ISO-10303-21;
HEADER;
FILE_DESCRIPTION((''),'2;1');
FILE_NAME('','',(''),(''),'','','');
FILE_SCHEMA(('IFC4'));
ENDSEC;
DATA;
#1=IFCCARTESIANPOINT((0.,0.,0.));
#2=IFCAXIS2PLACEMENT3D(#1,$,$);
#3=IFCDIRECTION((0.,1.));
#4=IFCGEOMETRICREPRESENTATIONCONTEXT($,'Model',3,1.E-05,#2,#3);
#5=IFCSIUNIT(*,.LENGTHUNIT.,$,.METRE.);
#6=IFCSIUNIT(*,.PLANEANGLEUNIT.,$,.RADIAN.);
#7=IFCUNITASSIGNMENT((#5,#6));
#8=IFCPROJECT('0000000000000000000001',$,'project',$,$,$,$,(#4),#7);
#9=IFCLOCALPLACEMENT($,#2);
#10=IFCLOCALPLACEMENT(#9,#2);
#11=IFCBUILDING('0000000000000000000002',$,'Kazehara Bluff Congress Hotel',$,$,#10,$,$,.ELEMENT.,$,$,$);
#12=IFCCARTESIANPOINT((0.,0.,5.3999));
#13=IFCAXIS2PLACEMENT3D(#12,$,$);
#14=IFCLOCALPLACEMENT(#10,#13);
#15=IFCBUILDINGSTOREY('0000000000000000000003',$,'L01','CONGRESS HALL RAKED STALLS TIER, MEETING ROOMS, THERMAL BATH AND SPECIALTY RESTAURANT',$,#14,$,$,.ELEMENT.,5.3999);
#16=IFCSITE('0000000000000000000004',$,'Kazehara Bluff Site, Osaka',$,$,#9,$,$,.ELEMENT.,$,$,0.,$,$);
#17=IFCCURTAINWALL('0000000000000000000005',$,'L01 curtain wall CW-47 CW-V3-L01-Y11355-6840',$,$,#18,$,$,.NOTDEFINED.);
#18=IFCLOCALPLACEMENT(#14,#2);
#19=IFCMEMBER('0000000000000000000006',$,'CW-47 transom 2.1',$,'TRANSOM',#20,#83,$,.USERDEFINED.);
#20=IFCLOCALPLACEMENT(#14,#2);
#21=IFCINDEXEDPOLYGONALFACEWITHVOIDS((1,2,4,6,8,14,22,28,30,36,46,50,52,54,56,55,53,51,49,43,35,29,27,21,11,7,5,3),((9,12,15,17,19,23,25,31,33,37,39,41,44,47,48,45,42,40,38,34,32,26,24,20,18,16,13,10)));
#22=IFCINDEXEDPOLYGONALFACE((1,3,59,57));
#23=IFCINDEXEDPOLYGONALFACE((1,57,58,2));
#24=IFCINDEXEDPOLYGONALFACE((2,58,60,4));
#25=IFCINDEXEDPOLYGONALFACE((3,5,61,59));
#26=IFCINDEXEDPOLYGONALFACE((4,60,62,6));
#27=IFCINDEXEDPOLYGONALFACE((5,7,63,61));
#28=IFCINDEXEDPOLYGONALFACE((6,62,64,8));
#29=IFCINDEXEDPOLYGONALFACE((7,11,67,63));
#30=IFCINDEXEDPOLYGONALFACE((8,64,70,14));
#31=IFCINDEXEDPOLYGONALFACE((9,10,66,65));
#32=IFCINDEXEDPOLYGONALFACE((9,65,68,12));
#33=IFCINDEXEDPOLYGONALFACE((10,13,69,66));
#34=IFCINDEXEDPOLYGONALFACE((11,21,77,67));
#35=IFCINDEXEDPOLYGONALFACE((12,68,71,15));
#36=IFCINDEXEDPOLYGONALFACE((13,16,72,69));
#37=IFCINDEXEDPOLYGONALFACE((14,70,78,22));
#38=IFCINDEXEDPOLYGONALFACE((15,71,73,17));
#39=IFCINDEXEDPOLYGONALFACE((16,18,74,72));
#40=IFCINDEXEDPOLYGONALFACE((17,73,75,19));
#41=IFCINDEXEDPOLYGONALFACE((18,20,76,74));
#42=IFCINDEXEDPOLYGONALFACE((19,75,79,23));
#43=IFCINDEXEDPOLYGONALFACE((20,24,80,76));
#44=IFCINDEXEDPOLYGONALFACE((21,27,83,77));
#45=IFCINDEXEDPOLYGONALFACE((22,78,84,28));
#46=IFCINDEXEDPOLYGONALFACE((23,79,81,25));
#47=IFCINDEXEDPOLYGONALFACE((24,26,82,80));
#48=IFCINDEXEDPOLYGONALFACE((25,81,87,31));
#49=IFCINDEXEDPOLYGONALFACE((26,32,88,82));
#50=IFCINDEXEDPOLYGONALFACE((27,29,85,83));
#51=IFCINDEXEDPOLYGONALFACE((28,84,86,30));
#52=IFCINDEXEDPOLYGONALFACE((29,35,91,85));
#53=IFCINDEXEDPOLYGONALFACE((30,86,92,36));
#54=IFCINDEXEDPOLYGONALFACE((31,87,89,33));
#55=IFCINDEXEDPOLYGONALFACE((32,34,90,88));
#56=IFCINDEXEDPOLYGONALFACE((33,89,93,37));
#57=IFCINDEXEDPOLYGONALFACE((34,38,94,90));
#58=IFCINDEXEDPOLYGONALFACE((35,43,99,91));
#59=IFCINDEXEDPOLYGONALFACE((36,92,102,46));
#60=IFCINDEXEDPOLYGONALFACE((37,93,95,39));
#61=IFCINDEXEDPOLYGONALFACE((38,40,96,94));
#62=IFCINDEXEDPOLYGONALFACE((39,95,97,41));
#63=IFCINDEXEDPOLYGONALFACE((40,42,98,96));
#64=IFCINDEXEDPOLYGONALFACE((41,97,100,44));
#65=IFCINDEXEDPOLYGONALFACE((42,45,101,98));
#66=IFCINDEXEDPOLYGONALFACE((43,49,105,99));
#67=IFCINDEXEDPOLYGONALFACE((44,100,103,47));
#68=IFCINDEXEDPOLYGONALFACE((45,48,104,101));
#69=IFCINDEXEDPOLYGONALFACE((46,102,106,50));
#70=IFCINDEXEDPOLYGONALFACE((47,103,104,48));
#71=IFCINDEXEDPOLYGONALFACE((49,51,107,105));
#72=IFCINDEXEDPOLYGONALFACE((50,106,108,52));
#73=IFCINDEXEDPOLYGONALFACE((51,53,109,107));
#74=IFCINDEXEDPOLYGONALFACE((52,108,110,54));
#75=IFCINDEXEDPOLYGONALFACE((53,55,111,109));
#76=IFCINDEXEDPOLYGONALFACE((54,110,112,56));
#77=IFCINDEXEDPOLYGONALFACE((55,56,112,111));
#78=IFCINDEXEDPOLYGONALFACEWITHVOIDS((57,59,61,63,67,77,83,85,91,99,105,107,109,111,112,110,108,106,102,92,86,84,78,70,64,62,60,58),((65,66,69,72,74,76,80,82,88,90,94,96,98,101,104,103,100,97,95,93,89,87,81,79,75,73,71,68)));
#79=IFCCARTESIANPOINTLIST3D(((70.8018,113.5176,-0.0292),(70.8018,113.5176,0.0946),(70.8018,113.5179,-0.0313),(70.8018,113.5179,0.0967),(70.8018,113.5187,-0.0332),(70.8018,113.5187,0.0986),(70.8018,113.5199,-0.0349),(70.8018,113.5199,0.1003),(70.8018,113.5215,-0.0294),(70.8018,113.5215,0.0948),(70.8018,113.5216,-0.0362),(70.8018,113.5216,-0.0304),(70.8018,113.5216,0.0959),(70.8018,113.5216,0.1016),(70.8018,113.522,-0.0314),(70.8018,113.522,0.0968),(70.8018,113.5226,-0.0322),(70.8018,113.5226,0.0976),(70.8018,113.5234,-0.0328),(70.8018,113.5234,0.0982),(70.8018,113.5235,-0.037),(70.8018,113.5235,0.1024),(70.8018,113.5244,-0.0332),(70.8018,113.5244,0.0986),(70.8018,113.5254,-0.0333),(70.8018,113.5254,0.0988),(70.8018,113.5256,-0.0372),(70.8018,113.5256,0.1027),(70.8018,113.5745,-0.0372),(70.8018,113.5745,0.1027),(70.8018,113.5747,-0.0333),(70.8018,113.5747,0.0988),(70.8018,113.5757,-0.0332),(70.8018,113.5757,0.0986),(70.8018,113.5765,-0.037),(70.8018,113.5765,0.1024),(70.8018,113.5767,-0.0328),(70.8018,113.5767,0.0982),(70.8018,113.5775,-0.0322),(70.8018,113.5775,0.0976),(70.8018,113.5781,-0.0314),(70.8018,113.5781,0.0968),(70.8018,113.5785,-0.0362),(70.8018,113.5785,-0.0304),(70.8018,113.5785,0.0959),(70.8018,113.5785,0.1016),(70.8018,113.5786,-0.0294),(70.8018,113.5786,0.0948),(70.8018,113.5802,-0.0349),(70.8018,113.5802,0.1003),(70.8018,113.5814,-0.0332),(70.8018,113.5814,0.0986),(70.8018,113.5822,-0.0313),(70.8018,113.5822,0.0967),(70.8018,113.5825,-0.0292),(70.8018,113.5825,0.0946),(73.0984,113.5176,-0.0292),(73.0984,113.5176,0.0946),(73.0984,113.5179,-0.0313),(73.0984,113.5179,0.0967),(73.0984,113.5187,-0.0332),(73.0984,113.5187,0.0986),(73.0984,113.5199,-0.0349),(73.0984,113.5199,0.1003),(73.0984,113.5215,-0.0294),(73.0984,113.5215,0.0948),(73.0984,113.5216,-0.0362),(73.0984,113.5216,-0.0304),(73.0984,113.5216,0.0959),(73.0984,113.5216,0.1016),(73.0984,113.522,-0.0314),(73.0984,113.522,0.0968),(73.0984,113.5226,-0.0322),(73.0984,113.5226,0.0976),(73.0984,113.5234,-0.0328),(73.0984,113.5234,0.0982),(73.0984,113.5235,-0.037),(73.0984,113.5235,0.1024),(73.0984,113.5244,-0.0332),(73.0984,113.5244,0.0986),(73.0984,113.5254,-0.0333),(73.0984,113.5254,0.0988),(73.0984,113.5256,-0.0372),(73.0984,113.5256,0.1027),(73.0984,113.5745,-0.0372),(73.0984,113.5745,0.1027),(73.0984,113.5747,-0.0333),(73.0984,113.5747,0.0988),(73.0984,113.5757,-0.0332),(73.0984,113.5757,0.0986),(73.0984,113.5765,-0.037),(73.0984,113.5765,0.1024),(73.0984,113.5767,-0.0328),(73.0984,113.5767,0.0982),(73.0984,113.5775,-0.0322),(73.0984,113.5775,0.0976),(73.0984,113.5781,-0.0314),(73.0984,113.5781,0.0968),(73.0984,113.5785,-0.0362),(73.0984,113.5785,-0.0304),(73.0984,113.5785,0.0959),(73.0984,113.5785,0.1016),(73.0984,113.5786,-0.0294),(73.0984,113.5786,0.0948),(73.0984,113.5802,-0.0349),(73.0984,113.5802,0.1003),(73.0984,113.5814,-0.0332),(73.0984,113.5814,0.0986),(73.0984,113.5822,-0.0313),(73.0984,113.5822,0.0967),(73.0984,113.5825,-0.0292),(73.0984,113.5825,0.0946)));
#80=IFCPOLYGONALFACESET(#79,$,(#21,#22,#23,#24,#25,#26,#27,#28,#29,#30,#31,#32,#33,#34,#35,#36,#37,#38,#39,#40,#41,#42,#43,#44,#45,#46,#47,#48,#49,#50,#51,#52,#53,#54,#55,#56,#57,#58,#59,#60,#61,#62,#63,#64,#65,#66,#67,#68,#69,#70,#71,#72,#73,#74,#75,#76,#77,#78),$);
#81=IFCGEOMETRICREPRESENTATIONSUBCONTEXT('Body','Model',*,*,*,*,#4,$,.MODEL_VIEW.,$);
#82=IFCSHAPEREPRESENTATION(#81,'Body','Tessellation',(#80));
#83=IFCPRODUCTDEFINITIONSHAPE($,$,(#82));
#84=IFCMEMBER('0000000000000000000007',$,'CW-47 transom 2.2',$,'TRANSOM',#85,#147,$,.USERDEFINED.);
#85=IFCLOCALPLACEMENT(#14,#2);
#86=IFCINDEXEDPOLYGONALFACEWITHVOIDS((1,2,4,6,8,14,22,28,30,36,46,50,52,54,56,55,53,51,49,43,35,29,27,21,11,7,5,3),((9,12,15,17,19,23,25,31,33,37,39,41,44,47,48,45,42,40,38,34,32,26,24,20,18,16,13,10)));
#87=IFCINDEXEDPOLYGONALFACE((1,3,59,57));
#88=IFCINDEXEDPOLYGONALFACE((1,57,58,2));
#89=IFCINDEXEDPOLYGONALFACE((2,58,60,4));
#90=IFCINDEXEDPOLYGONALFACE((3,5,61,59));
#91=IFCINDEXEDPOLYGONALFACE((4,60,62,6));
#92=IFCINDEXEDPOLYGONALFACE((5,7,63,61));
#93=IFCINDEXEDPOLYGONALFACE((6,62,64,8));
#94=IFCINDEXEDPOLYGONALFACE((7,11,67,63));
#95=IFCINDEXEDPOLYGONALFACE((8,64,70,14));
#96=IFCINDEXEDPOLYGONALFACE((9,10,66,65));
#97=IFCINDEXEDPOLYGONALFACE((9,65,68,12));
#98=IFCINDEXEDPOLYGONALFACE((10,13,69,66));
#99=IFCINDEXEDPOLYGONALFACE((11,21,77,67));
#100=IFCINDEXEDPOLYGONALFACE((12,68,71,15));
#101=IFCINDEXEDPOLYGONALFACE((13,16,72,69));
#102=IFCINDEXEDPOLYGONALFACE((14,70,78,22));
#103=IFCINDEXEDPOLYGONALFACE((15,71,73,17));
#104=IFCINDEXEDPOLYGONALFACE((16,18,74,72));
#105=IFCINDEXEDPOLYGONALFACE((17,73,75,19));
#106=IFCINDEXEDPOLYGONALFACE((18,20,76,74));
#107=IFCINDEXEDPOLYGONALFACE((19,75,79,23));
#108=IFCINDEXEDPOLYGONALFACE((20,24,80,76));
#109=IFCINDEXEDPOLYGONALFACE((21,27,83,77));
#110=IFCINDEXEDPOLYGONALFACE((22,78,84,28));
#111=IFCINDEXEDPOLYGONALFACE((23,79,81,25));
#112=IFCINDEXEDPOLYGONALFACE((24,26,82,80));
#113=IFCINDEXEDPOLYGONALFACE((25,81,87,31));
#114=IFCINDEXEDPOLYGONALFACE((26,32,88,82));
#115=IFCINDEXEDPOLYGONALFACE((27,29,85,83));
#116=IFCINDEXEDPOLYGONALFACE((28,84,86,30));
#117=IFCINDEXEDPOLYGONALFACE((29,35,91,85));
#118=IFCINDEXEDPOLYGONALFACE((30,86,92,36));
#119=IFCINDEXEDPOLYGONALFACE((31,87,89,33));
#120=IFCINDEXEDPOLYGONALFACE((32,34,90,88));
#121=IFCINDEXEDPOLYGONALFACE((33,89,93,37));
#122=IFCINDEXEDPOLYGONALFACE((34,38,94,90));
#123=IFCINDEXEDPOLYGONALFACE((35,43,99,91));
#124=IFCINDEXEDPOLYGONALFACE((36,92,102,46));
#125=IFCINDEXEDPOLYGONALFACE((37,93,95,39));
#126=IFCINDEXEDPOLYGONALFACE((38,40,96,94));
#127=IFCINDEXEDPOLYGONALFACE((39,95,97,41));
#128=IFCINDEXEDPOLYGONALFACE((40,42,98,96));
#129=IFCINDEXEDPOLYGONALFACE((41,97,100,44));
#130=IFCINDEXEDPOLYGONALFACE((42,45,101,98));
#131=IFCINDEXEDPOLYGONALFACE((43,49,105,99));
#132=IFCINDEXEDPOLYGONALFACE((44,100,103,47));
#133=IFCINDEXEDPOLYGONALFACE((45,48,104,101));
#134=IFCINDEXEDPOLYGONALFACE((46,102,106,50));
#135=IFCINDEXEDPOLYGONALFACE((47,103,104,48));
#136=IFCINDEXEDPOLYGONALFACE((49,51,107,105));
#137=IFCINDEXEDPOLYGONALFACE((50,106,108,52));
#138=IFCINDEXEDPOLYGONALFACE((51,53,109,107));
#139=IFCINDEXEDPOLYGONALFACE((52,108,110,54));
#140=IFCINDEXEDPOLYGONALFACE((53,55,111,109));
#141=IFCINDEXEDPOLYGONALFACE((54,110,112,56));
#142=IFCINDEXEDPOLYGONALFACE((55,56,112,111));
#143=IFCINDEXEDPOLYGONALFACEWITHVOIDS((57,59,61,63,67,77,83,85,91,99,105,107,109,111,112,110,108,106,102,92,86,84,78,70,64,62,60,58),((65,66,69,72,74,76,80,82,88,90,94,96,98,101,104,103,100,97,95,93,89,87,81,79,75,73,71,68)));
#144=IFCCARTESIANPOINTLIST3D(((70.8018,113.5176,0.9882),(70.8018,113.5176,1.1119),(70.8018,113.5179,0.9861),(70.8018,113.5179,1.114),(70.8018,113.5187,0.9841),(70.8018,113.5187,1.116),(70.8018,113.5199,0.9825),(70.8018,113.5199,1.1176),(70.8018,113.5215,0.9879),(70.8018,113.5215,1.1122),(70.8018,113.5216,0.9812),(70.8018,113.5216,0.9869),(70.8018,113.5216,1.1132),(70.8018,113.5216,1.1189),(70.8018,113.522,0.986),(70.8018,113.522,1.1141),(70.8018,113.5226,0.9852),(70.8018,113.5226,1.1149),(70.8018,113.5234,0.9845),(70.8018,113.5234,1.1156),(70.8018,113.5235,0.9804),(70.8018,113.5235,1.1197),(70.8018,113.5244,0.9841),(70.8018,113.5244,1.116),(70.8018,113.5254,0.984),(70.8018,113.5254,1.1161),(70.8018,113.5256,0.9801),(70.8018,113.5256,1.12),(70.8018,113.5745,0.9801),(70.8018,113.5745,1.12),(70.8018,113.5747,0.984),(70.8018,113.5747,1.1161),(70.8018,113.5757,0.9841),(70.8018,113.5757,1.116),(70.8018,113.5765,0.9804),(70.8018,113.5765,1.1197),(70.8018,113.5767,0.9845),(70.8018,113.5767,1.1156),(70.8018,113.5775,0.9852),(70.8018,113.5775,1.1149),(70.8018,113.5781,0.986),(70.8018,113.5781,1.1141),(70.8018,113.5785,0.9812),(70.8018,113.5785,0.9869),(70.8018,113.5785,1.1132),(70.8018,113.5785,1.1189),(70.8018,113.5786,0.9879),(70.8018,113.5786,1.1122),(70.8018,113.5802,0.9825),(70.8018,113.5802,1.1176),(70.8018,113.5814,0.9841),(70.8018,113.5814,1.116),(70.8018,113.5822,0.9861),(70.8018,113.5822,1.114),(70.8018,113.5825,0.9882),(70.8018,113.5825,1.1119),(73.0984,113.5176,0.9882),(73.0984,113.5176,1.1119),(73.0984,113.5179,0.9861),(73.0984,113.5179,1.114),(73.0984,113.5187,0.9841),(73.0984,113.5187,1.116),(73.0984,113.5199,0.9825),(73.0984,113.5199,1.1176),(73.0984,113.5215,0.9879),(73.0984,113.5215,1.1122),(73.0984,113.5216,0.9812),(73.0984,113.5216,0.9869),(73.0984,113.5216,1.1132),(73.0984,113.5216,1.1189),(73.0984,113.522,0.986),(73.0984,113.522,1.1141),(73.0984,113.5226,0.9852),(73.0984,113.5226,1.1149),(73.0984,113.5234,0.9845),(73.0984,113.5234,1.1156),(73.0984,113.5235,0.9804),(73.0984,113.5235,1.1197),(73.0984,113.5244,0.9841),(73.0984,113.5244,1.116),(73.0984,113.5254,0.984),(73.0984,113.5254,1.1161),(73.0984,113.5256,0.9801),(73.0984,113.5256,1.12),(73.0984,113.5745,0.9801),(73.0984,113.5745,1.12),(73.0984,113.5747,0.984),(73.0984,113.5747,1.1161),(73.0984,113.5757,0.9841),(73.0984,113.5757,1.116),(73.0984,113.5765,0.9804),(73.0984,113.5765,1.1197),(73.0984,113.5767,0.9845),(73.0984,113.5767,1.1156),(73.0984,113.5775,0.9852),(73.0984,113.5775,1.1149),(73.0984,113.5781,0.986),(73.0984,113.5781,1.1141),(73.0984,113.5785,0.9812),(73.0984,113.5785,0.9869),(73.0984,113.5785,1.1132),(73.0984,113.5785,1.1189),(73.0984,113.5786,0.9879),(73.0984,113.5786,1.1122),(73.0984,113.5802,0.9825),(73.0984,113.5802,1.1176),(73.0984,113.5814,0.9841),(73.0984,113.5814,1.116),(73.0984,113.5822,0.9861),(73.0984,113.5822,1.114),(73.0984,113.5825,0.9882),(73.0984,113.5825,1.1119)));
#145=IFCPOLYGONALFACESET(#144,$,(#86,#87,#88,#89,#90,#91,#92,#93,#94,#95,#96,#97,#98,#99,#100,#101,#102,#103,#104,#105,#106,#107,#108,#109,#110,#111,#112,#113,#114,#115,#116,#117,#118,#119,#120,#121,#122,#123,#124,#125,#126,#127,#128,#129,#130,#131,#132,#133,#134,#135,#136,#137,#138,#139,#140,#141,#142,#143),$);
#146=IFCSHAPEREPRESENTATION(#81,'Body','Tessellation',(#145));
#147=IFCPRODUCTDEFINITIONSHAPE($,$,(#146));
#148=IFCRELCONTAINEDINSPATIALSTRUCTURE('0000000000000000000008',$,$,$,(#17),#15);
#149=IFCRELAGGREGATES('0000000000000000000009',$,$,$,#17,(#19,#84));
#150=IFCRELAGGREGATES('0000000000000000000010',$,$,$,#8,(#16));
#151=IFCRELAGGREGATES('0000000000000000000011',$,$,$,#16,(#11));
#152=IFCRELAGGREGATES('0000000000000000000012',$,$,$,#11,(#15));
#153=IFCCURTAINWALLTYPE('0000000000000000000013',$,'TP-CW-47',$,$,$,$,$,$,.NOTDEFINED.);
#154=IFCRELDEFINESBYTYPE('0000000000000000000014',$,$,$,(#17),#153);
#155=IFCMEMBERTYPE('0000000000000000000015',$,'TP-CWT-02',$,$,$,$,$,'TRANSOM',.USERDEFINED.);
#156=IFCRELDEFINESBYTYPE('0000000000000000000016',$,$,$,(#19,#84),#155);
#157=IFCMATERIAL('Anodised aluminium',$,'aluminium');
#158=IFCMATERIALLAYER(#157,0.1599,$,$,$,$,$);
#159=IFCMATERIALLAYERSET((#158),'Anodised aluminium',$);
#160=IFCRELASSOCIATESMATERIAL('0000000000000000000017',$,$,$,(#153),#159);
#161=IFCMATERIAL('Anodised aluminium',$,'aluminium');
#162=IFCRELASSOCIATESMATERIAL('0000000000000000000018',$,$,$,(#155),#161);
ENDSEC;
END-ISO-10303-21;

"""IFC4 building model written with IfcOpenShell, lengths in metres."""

from ifc_helpers import new_model, si_unit, direction, frame, origin, origin_2d, place, context, subcontext, project, spatial, hollow_rectangle, extrude, material, layer, layer_set, material_profile, profile_set, type_object, element, aggregate, save


model = new_model("IFC4")

# Units and contexts
model_context = context("Model", 3, precision=1e-05, world=origin(), true_north=direction((0.0, 1.0)))
body_context = subcontext(model_context, "Body", "Model", "MODEL_VIEW")
ifc_project = project(units=[si_unit("LENGTHUNIT", "METRE"), si_unit("PLANEANGLEUNIT", "RADIAN")], contexts=[model_context])

# Site, building, storey
site_placement = place(None, origin())
site = spatial("IfcSite", under=ifc_project, at=site_placement, Name="Kazehara Bluff Site, Osaka", CompositionType="ELEMENT", RefElevation=0.0)
building_placement = place(site_placement, origin())
building = spatial("IfcBuilding", under=site, at=building_placement, Name="Kazehara Bluff Congress Hotel", CompositionType="ELEMENT")
storey_placement = place(building_placement, frame((0.0, 0.0, 5.3999)))
storey = spatial("IfcBuildingStorey", under=building, at=storey_placement, Name="L01", Description="CONGRESS HALL RAKED STALLS TIER, MEETING ROOMS, THERMAL BATH AND SPECIALTY RESTAURANT", CompositionType="ELEMENT", Elevation=5.3999)

# Curtain wall, members
ifc_material_1 = material(Name="Anodised aluminium", Category="aluminium")
ifc_layer_1 = layer(ifc_material_1, 0.1599)
ifc_layer_set_1 = layer_set([ifc_layer_1], Name="Anodised aluminium")
curtain_wall_type = type_object("IfcCurtainWallType", Name="TP-CW-47", PredefinedType="NOTDEFINED", material=ifc_layer_set_1)
curtain_wall_placement = place(storey_placement, origin())
curtain_wall = element("IfcCurtainWall", 1, at=curtain_wall_placement, inside=storey, type_object=curtain_wall_type, Name="L01 curtain wall CW-47 CW-V3-L01-Y11355-6840", PredefinedType="NOTDEFINED")
ifc_material_2 = material(Name="Anodised aluminium", Category="aluminium")
ifc_material_profile_1 = material_profile(ifc_material_2, hollow_rectangle(XDim=0.0649, YDim=0.1399, WallThickness=0.0039, InnerFilletRadius=0.0039, OuterFilletRadius=0.0081, at=origin_2d()))
ifc_profile_set_1 = profile_set([ifc_material_profile_1], Name="Anodised aluminium")
member_type_1 = type_object("IfcMemberType", Name="TP-CWT-02", ElementType="TRANSOM", PredefinedType="USERDEFINED", material=ifc_profile_set_1)
member_1_placement = place(storey_placement, frame((70.8018, 113.55, 0.0327), z_axis=(1.0, 0.0, 0.0), x_axis=(0.0, 1.0, 0.0)))
member_1 = element("IfcMember", 2, at=member_1_placement, type_object=member_type_1, Name="CW-47 transom 2.1", ObjectType="TRANSOM", PredefinedType="USERDEFINED", context=body_context, shape_type="SweptSolid", body=[
    extrude(hollow_rectangle(XDim=0.0649, YDim=0.1399, WallThickness=0.0039, InnerFilletRadius=0.0039, OuterFilletRadius=0.0081, at=origin_2d()), origin(), (0.0, 0.0, 1.0), 2.2966),
])
member_2_placement = place(storey_placement, frame((70.8018, 113.55, 1.05), z_axis=(1.0, 0.0, 0.0), x_axis=(0.0, 1.0, 0.0)))
member_2 = element("IfcMember", 3, at=member_2_placement, type_object=member_type_1, Name="CW-47 transom 2.2", ObjectType="TRANSOM", PredefinedType="USERDEFINED", context=body_context, shape_type="SweptSolid", body=[
    extrude(hollow_rectangle(XDim=0.0649, YDim=0.1399, WallThickness=0.0039, InnerFilletRadius=0.0039, OuterFilletRadius=0.0081, at=origin_2d()), origin(), (0.0, 0.0, 1.0), 2.2966),
])

aggregate(curtain_wall, [member_1, member_2])

save(model, "model.ifc")
